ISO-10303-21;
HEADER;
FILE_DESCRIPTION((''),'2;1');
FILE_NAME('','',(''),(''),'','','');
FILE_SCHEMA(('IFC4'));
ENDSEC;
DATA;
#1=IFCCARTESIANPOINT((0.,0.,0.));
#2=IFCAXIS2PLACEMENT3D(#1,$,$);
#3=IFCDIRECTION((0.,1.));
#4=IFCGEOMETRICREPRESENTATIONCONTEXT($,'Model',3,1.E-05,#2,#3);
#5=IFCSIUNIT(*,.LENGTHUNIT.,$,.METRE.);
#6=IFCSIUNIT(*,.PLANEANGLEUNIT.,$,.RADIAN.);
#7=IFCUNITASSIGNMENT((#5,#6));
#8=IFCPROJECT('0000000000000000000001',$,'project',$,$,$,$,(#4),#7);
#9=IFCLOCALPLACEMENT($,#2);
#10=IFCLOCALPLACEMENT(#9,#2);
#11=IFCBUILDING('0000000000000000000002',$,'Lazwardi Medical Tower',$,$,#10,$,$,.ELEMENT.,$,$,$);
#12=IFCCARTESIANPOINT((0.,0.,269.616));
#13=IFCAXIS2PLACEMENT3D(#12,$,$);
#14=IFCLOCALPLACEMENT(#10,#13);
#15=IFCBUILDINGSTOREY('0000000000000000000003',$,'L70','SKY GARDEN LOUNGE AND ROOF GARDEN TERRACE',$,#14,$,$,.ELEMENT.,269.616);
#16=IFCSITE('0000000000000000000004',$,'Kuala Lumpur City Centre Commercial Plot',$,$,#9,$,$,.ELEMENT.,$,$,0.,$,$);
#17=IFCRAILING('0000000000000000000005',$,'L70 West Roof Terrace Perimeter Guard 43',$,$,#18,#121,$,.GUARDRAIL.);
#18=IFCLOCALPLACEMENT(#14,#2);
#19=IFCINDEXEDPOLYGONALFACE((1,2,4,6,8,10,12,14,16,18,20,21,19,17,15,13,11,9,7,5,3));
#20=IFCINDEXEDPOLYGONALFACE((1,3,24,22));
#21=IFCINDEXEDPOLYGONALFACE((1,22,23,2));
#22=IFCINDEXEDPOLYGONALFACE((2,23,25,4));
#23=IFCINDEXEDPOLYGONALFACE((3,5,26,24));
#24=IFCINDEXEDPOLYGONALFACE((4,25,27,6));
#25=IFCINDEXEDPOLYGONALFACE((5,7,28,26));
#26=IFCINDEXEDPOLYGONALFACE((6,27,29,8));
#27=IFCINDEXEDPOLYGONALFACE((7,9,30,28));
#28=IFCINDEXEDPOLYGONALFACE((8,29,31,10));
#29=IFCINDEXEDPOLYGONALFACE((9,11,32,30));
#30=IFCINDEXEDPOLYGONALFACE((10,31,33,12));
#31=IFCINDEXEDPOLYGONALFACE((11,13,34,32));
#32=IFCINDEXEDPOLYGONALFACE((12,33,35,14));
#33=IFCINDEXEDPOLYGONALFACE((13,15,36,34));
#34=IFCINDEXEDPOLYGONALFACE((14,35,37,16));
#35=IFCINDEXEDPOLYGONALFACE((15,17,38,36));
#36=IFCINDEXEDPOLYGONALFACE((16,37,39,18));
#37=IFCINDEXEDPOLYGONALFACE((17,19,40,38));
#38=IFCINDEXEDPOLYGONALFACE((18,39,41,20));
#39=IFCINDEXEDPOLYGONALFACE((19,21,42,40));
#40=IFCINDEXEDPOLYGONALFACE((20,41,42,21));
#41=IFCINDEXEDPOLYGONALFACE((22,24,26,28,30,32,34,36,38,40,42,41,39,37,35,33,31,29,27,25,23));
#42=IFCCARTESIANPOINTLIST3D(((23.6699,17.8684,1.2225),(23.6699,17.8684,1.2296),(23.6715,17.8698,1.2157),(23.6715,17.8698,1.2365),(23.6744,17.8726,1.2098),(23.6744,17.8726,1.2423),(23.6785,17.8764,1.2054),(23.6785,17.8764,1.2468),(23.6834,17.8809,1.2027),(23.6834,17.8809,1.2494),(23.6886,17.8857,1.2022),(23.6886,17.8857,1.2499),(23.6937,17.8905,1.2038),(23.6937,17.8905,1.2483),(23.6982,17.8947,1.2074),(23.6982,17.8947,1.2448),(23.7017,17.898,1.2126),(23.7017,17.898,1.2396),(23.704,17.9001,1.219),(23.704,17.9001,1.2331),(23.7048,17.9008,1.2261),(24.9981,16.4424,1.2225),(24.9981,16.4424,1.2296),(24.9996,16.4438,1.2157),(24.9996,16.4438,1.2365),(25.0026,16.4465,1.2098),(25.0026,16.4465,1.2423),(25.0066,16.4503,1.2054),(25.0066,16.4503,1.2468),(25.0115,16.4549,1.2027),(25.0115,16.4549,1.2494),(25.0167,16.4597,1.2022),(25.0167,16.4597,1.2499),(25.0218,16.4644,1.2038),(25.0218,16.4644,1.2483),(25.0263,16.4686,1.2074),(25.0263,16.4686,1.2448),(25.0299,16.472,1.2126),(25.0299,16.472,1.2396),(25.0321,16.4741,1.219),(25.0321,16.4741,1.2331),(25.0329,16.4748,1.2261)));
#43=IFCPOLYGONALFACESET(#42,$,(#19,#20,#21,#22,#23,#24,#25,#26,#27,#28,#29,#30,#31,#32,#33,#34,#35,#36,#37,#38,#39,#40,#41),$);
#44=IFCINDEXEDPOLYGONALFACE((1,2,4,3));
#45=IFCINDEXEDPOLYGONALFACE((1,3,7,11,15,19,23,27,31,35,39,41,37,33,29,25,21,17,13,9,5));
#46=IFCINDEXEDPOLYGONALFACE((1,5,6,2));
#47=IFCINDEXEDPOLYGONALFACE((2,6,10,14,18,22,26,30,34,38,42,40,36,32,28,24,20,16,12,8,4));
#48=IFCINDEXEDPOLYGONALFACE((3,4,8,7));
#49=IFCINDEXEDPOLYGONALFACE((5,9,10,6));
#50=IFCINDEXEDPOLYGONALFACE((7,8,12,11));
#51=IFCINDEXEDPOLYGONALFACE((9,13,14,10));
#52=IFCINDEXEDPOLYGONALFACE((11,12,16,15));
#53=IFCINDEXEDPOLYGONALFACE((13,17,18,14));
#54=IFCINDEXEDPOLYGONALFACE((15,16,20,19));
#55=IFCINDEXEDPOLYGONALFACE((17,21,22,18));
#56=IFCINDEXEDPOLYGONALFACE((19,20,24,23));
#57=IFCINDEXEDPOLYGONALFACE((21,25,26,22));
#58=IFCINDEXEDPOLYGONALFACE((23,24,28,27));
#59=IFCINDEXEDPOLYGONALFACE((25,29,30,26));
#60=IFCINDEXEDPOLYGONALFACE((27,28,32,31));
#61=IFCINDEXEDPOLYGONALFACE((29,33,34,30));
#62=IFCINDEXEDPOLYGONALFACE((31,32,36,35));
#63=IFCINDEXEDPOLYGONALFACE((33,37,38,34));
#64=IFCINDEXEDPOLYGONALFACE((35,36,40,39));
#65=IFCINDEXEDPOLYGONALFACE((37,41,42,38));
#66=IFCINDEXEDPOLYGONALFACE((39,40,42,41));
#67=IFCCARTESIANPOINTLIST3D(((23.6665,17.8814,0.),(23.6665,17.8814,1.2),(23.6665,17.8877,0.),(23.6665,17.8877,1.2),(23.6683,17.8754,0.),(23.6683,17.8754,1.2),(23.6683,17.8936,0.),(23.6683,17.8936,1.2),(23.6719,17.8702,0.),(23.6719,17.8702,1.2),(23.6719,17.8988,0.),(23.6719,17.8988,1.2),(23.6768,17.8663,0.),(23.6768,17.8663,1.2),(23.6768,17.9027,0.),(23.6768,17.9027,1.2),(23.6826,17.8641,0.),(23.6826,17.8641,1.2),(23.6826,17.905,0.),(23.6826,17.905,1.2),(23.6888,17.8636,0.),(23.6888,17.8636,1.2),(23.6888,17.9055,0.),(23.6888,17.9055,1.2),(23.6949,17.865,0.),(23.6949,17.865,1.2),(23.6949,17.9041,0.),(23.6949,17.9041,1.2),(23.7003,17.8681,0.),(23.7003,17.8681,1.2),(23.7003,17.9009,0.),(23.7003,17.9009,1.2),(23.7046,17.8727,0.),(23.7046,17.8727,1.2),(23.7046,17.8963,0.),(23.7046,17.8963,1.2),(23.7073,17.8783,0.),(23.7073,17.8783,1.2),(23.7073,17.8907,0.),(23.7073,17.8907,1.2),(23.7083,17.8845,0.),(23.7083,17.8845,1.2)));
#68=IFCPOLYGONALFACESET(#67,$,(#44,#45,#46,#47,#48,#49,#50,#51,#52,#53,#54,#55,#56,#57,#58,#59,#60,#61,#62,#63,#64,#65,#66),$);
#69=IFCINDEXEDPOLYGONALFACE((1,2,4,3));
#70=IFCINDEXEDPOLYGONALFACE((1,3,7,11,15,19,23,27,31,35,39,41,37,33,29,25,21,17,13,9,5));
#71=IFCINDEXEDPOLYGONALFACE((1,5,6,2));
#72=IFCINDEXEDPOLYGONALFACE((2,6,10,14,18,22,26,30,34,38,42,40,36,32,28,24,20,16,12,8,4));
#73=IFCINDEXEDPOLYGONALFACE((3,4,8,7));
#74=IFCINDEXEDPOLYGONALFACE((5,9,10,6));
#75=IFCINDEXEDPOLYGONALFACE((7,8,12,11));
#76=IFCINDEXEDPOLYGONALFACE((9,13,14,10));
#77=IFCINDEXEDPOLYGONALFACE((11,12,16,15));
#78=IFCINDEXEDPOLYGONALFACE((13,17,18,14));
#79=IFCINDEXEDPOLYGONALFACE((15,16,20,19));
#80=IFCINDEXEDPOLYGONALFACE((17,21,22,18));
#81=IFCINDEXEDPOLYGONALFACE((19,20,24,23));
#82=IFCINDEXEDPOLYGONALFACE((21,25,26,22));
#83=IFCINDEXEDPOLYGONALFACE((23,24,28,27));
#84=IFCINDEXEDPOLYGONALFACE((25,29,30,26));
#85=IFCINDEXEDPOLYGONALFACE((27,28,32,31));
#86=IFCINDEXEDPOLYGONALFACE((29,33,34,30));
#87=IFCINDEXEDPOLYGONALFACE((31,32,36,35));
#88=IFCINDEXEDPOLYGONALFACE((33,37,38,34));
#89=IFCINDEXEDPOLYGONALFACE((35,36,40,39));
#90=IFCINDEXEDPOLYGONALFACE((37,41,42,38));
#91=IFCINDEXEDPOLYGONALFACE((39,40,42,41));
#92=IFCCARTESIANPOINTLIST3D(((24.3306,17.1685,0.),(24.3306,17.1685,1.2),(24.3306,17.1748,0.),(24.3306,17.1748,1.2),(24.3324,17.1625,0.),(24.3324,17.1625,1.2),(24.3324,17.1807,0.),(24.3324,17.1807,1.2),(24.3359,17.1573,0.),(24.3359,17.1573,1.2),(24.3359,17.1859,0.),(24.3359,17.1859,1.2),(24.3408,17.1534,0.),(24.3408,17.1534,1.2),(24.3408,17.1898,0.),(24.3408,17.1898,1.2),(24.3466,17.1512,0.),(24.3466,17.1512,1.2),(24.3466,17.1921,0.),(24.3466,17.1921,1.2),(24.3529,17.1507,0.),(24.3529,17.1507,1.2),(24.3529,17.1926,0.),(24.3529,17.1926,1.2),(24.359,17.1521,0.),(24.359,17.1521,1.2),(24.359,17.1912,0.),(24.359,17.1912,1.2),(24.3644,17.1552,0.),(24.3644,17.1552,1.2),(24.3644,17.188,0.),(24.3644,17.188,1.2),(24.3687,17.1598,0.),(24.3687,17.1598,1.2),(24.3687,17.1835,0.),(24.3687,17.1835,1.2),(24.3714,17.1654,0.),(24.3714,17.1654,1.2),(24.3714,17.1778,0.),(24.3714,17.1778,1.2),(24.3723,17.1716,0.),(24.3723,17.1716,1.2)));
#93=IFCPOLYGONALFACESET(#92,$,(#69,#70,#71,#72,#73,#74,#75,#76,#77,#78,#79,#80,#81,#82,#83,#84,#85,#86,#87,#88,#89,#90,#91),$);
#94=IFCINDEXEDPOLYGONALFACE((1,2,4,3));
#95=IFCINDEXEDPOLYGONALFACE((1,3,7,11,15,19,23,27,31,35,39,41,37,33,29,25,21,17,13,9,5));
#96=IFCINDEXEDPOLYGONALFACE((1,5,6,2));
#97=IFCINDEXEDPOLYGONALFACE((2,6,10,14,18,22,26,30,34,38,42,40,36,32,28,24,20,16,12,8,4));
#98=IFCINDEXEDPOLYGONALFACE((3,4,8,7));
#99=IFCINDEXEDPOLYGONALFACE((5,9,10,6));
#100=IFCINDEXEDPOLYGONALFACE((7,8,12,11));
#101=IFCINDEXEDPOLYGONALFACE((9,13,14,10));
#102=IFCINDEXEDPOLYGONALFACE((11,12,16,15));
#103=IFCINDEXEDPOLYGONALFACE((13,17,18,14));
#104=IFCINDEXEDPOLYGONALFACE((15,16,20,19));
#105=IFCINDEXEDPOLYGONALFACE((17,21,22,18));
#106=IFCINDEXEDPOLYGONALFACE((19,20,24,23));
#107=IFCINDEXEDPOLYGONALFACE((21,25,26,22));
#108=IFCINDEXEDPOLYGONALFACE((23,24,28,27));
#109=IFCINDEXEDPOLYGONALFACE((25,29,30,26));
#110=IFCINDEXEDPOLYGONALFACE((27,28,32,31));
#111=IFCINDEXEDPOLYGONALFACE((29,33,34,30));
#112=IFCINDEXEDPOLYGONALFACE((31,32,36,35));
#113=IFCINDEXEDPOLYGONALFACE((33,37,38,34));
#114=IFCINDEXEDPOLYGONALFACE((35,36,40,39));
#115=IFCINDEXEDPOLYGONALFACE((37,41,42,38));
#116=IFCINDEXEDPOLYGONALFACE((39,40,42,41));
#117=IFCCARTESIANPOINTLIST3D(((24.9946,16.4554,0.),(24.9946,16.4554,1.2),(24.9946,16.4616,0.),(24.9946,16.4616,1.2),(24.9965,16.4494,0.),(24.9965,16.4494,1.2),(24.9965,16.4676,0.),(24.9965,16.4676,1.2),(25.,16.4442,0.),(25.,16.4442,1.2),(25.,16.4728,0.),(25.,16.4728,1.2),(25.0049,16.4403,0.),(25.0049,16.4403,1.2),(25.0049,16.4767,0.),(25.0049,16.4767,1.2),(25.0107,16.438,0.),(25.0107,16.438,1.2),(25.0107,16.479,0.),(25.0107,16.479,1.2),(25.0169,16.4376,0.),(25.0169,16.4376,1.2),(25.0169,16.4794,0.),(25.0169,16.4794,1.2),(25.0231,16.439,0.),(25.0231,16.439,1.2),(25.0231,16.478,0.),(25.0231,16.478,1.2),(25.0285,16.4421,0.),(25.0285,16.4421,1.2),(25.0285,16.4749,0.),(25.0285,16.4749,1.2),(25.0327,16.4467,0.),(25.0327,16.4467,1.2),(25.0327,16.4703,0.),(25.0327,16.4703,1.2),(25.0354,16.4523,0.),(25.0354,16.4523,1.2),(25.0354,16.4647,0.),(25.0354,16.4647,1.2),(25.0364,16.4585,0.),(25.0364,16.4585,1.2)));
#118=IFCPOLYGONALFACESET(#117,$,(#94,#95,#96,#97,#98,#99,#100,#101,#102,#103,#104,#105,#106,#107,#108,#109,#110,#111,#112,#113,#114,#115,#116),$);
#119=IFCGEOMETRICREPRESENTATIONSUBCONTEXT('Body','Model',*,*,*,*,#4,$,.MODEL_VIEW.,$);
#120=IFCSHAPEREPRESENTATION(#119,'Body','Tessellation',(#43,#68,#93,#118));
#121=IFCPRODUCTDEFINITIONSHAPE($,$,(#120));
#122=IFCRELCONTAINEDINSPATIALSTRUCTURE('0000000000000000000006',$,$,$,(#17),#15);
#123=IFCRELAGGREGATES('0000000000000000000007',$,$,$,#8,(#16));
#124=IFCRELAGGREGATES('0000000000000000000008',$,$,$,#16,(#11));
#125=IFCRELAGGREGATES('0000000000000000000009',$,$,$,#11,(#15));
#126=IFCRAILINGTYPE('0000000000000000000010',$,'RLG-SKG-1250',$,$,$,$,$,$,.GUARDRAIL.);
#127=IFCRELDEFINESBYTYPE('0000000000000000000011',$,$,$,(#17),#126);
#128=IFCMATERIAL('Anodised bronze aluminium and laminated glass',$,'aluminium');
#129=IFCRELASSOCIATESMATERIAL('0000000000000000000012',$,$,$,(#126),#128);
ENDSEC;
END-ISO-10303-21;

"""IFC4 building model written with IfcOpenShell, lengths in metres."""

from ifc_helpers import new_model, si_unit, direction, frame, origin, origin_2d, place, context, subcontext, project, spatial, circle, extrude, material, type_object, element, save


model = new_model("IFC4")

# Units and contexts
model_context = context("Model", 3, precision=1e-05, world=origin(), true_north=direction((0.0, 1.0)))
body_context = subcontext(model_context, "Body", "Model", "MODEL_VIEW")
ifc_project = project(units=[si_unit("LENGTHUNIT", "METRE"), si_unit("PLANEANGLEUNIT", "RADIAN")], contexts=[model_context])

# Site, building, storey
site_placement = place(None, origin())
site = spatial("IfcSite", under=ifc_project, at=site_placement, Name="Kuala Lumpur City Centre Commercial Plot", CompositionType="ELEMENT", RefElevation=0.0)
building_placement = place(site_placement, origin())
building = spatial("IfcBuilding", under=site, at=building_placement, Name="Lazwardi Medical Tower", CompositionType="ELEMENT")
storey_placement = place(building_placement, frame((0.0, 0.0, 269.616)))
storey = spatial("IfcBuildingStorey", under=building, at=storey_placement, Name="L70", Description="SKY GARDEN LOUNGE AND ROOF GARDEN TERRACE", CompositionType="ELEMENT", Elevation=269.616)

# Railing
ifc_material_1 = material(Name="Anodised bronze aluminium and laminated glass", Category="aluminium")
railing_type = type_object("IfcRailingType", Name="RLG-SKG-1250", PredefinedType="GUARDRAIL", material=ifc_material_1)
railing_1_placement = place(storey_placement, frame((23.6873, 17.8845, 0.0)))
element("IfcRailing", 1, at=railing_1_placement, inside=storey, type_object=railing_type, Name="L70 West Roof Terrace Perimeter Guard 43", PredefinedType="GUARDRAIL", context=body_context, shape_type="SweptSolid", body=[
    extrude(circle(Radius=0.0239, at=origin_2d()), frame((0.0, 0.0, 1.2261), z_axis=(0.681541, -0.73178, 0.0), x_axis=(0.73178, 0.681541, 0.0)), (0.0, 0.0, 1.0), 1.9487),
    extrude(circle(Radius=0.021, at=origin_2d()), origin(), (0.0, 0.0, 1.0), 1.2),
    extrude(circle(Radius=0.021, at=origin_2d()), frame((0.6641, -0.7129, 0.0)), (0.0, 0.0, 1.0), 1.2),
    extrude(circle(Radius=0.021, at=origin_2d()), frame((1.3281, -1.426, 0.0)), (0.0, 0.0, 1.0), 1.2),
])

save(model, "model.ifc")
